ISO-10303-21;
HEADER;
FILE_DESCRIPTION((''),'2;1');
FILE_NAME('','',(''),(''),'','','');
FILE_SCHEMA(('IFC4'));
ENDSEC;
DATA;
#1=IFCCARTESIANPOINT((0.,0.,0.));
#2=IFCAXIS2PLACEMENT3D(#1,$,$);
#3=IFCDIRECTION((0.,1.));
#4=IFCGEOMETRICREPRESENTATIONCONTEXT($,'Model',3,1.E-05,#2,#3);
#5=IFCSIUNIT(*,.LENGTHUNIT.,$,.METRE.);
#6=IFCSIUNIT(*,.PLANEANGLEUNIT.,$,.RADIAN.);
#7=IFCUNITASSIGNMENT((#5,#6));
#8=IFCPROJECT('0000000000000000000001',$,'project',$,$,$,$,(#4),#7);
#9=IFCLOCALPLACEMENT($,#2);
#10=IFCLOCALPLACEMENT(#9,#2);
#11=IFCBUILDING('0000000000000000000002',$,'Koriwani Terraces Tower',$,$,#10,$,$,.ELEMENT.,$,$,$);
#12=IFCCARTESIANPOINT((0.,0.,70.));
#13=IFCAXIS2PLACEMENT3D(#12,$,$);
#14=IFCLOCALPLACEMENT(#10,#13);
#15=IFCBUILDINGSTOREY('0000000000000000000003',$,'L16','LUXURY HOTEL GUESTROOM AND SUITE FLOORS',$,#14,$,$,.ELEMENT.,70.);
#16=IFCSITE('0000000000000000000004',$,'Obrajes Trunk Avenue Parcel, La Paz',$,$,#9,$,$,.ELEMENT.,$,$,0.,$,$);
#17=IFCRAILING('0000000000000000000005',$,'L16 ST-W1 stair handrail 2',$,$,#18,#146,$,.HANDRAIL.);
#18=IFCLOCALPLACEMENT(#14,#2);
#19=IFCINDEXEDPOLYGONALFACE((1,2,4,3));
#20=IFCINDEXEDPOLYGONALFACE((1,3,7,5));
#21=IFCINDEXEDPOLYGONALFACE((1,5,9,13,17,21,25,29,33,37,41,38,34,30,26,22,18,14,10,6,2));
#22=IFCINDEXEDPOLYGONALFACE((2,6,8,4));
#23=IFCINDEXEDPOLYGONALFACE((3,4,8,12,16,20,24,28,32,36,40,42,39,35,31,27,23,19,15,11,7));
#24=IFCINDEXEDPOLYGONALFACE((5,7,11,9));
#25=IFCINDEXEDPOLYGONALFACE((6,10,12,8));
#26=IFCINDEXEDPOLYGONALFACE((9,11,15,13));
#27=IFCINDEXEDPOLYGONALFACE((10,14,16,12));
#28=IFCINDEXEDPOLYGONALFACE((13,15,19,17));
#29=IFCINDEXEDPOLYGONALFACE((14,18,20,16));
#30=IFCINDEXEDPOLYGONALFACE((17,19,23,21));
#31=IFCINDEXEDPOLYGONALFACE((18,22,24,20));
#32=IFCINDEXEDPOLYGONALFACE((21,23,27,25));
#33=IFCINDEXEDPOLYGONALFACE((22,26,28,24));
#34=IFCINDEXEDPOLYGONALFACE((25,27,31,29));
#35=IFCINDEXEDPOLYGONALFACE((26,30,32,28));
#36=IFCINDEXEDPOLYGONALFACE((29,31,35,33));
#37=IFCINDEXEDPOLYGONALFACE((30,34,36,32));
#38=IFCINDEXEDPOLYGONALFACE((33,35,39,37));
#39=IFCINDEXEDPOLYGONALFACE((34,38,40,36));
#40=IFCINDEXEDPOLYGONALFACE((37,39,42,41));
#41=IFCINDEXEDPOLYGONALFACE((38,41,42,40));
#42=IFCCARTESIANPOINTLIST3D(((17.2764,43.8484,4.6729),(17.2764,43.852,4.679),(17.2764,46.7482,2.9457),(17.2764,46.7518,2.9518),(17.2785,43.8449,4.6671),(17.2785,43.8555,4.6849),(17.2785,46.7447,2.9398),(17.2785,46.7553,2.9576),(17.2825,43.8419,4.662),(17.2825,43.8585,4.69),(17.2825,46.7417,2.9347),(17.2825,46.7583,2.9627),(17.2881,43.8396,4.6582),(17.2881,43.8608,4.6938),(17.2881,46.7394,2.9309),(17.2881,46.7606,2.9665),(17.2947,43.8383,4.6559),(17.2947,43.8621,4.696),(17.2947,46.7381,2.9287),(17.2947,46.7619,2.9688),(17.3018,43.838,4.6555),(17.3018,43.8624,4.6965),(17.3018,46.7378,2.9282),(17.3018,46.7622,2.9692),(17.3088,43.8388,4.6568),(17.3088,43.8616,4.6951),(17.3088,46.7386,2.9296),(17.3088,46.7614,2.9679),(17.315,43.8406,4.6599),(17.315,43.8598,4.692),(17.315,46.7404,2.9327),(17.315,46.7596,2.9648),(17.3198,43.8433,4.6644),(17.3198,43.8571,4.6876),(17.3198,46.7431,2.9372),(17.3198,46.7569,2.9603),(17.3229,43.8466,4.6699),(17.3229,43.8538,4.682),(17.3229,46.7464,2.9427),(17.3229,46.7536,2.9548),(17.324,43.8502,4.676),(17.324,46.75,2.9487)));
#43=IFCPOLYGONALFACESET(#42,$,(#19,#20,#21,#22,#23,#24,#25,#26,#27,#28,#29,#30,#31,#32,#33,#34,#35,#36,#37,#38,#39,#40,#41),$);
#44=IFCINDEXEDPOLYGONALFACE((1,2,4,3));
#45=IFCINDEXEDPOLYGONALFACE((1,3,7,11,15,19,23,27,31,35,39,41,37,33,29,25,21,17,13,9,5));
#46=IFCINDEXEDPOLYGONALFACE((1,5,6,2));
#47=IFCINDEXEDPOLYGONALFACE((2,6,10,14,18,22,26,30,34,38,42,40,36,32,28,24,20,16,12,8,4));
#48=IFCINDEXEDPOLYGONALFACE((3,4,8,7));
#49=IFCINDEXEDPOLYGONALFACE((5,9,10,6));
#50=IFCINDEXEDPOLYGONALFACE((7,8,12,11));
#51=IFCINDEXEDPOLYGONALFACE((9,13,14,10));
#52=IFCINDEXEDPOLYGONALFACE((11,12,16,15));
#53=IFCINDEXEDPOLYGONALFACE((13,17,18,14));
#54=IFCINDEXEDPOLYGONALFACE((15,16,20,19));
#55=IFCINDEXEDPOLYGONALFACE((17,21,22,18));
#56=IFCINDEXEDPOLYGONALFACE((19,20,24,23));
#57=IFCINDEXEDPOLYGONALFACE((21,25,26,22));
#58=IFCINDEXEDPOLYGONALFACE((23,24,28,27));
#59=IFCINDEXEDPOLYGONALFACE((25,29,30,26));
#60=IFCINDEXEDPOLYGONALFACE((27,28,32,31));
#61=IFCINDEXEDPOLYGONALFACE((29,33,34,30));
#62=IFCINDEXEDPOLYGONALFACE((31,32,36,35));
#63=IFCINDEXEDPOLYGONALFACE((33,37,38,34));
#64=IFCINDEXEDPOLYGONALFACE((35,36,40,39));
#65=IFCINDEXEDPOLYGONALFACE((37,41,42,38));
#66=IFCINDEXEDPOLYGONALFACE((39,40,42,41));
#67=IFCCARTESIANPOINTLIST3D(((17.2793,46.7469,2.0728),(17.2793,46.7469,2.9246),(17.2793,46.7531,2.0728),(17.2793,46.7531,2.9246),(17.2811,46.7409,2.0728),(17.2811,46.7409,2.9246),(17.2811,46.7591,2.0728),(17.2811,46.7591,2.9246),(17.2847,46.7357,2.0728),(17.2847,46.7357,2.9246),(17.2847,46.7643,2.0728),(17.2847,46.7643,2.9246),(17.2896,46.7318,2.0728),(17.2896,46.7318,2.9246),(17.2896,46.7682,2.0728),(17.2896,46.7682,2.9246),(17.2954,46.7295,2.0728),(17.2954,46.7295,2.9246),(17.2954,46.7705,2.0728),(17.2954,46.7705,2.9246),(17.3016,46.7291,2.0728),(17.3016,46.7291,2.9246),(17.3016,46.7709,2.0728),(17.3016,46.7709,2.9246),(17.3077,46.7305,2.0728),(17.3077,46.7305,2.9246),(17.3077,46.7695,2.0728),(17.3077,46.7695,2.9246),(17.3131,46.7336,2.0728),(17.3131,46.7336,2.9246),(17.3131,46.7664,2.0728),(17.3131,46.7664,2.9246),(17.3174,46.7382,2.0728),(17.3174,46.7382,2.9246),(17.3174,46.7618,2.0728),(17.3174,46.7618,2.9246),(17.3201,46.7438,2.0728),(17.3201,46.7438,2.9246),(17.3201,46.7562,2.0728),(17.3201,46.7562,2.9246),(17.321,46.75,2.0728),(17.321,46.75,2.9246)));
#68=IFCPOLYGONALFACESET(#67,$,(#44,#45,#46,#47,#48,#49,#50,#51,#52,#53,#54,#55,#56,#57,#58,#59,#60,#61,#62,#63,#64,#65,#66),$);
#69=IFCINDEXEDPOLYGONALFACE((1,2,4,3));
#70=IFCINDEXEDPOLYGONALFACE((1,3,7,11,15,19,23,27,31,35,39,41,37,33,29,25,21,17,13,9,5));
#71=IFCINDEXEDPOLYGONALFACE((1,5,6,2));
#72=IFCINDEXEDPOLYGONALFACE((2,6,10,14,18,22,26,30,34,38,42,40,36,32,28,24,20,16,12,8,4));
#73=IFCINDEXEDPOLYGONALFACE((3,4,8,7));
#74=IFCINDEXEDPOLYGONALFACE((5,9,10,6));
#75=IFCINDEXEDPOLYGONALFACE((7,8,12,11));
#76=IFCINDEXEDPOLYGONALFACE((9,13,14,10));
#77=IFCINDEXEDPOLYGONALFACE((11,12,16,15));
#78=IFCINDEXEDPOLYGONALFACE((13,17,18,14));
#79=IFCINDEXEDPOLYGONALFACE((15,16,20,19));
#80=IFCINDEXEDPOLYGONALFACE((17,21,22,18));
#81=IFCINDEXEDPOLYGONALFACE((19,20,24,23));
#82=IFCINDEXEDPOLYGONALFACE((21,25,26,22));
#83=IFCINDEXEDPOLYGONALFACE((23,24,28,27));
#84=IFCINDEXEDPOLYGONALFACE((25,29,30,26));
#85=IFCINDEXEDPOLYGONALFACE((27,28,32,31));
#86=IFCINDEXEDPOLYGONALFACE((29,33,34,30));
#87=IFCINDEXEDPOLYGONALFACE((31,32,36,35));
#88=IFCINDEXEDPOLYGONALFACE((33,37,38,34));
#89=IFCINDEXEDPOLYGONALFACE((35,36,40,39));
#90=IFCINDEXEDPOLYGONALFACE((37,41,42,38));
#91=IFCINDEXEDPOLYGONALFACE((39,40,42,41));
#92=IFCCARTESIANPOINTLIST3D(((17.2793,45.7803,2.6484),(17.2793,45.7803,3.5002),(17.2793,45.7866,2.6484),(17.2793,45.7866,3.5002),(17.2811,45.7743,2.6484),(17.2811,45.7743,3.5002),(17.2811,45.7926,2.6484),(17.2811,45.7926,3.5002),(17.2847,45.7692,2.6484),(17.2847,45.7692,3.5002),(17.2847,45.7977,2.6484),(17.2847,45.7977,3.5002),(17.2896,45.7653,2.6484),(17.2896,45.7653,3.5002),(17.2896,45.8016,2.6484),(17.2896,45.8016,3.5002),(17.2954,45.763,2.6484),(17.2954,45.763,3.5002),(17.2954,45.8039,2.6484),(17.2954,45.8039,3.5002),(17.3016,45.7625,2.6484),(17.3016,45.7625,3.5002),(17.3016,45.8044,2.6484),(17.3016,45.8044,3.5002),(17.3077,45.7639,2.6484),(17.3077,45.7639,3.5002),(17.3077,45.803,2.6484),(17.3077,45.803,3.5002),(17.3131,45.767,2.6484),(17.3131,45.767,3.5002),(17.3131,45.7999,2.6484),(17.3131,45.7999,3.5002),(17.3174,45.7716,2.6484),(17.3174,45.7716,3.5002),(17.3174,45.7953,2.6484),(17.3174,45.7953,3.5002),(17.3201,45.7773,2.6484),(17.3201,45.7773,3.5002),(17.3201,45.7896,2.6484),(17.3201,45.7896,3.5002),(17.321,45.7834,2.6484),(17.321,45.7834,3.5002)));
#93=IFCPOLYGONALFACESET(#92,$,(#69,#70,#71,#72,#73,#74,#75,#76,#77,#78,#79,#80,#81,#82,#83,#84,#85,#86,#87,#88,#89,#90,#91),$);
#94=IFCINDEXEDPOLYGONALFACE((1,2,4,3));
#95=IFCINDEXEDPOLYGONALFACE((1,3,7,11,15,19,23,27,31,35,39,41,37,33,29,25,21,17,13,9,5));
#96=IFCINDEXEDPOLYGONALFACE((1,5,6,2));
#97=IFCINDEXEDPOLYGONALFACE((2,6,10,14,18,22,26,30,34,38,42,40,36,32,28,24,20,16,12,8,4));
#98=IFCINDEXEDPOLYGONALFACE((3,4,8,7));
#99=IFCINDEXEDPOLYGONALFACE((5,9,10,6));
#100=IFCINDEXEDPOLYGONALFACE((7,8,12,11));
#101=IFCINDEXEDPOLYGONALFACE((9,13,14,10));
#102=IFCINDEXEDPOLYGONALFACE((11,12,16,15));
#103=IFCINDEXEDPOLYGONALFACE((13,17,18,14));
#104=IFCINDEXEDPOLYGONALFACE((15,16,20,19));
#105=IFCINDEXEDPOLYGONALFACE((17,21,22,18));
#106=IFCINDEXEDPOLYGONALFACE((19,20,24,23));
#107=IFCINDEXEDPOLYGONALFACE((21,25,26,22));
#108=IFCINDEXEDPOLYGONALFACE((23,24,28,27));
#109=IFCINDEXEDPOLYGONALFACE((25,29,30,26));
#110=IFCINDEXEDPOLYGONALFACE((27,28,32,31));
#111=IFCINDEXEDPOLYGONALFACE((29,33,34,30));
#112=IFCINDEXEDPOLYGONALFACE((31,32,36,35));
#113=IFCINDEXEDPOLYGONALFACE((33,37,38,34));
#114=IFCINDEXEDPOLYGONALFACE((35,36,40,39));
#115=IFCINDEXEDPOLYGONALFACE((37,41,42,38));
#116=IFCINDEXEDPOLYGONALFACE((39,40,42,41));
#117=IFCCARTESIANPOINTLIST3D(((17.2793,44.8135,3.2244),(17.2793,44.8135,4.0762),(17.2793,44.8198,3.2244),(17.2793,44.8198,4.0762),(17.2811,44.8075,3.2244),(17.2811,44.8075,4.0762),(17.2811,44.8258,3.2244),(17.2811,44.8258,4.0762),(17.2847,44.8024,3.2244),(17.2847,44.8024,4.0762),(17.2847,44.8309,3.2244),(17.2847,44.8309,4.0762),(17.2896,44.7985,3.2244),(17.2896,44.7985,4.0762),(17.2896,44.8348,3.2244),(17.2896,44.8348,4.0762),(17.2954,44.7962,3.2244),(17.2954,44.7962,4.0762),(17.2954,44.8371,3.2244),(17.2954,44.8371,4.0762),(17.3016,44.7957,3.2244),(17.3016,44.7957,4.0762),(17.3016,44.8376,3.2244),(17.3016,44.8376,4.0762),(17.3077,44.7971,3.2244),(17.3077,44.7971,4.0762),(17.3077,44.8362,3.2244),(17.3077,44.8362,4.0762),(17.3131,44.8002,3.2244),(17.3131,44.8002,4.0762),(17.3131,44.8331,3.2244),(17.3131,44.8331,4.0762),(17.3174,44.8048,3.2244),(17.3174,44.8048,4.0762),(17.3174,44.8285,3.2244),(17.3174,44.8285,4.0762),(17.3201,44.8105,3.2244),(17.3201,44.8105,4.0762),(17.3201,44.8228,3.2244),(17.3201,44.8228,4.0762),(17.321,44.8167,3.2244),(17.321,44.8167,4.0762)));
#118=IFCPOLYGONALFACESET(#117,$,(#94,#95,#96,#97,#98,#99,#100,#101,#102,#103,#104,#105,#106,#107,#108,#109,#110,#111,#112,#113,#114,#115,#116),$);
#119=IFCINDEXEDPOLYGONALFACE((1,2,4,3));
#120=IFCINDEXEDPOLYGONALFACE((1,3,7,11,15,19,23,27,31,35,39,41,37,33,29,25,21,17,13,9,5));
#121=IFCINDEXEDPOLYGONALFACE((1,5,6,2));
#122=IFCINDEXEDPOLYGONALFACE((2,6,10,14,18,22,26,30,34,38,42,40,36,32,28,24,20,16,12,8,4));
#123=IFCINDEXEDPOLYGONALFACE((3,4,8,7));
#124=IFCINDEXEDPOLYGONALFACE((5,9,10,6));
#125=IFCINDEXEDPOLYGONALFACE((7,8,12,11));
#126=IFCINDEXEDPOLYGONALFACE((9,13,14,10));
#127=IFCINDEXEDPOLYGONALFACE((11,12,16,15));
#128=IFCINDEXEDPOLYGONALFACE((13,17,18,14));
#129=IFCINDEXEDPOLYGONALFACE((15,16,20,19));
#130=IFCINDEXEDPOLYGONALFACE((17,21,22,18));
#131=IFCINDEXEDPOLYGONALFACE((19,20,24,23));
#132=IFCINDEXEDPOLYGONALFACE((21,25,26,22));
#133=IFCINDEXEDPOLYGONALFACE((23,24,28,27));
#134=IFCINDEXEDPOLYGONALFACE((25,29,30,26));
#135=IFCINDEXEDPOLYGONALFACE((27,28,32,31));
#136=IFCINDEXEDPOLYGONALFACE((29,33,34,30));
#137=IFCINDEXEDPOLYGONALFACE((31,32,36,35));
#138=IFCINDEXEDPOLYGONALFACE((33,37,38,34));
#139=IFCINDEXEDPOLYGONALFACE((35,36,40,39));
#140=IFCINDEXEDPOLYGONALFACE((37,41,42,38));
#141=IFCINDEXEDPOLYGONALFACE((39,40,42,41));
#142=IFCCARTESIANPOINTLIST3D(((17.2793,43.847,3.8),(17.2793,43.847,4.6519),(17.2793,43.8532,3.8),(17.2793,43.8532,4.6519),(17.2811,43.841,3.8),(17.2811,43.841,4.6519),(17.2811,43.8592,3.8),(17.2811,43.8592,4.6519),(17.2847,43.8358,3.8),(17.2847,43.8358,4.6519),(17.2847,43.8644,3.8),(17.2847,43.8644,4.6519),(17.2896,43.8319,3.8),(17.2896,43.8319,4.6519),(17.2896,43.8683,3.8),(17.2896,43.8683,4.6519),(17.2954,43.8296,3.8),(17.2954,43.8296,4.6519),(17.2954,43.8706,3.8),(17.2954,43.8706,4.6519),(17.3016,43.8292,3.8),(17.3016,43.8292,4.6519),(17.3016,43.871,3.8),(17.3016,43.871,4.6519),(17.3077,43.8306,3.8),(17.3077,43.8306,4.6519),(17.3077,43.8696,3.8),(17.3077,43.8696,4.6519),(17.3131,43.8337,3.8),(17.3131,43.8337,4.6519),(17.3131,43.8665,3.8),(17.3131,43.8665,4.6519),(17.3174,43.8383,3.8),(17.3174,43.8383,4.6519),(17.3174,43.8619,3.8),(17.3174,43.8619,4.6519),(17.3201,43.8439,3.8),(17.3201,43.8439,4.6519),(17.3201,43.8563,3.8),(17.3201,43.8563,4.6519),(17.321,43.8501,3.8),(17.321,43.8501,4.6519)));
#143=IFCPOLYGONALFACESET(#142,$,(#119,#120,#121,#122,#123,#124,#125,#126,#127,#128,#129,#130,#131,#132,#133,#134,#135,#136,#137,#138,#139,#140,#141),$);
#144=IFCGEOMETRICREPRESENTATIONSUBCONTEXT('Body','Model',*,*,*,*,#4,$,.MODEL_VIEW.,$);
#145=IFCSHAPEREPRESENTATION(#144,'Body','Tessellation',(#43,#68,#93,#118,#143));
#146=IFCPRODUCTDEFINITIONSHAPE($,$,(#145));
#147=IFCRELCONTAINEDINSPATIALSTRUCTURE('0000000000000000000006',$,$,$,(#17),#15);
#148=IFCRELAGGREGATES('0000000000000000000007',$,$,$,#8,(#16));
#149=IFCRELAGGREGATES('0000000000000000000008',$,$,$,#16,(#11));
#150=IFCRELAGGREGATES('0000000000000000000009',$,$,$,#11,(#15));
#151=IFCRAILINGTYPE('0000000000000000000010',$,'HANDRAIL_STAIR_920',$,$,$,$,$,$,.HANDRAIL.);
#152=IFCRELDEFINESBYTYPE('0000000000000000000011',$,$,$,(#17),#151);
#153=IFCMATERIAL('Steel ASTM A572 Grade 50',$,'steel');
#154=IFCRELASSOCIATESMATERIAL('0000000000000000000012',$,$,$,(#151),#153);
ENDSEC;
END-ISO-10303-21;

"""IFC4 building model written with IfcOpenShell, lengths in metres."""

from ifc_helpers import new_model, si_unit, direction, frame, origin, origin_2d, place, context, subcontext, project, spatial, circle, extrude, material, type_object, element, save


model = new_model("IFC4")

# Units and contexts
model_context = context("Model", 3, precision=1e-05, world=origin(), true_north=direction((0.0, 1.0)))
body_context = subcontext(model_context, "Body", "Model", "MODEL_VIEW")
ifc_project = project(units=[si_unit("LENGTHUNIT", "METRE"), si_unit("PLANEANGLEUNIT", "RADIAN")], contexts=[model_context])

# Site, building, storey
site_placement = place(None, origin())
site = spatial("IfcSite", under=ifc_project, at=site_placement, Name="Obrajes Trunk Avenue Parcel, La Paz", CompositionType="ELEMENT", RefElevation=0.0)
building_placement = place(site_placement, origin())
building = spatial("IfcBuilding", under=site, at=building_placement, Name="Koriwani Terraces Tower", CompositionType="ELEMENT")
storey_placement = place(building_placement, frame((0.0, 0.0, 70.0)))
storey = spatial("IfcBuildingStorey", under=building, at=storey_placement, Name="L16", Description="LUXURY HOTEL GUESTROOM AND SUITE FLOORS", CompositionType="ELEMENT", Elevation=70.0)

# Shared definitions
ifc_material_1 = material(Name="Steel ASTM A572 Grade 50", Category="steel")

# Railing
railing_type = type_object("IfcRailingType", Name="HANDRAIL_STAIR_920", PredefinedType="HANDRAIL", material=ifc_material_1)
for number, where, name in (
    (1, (17.3, 46.75, 2.0728), "L16 ST-W1 stair handrail 2"),
):
    element("IfcRailing", number, at=place(storey_placement, frame(where)), inside=storey, type_object=railing_type, Name=name, PredefinedType="HANDRAIL", context=body_context, shape_type="SweptSolid", body=[
        extrude(circle(Radius=0.0239, at=origin_2d()), frame((0.0, 0.0, 0.876), z_axis=(0.0, -0.859141, 0.511738), x_axis=(1.0, 0.0, 0.0)), (0.0, 0.0, 1.0), 3.3752),
        extrude(circle(Radius=0.021, at=origin_2d()), origin(), (0.0, 0.0, 1.0), 0.8518),
        extrude(circle(Radius=0.021, at=origin_2d()), frame((0.0, -0.9666, 0.5757)), (0.0, 0.0, 1.0), 0.8518),
        extrude(circle(Radius=0.021, at=origin_2d()), frame((0.0, -1.9333, 1.1516)), (0.0, 0.0, 1.0), 0.8518),
        extrude(circle(Radius=0.021, at=origin_2d()), frame((0.0, -2.8999, 1.7273)), (0.0, 0.0, 1.0), 0.8518),
    ])

save(model, "model.ifc")
